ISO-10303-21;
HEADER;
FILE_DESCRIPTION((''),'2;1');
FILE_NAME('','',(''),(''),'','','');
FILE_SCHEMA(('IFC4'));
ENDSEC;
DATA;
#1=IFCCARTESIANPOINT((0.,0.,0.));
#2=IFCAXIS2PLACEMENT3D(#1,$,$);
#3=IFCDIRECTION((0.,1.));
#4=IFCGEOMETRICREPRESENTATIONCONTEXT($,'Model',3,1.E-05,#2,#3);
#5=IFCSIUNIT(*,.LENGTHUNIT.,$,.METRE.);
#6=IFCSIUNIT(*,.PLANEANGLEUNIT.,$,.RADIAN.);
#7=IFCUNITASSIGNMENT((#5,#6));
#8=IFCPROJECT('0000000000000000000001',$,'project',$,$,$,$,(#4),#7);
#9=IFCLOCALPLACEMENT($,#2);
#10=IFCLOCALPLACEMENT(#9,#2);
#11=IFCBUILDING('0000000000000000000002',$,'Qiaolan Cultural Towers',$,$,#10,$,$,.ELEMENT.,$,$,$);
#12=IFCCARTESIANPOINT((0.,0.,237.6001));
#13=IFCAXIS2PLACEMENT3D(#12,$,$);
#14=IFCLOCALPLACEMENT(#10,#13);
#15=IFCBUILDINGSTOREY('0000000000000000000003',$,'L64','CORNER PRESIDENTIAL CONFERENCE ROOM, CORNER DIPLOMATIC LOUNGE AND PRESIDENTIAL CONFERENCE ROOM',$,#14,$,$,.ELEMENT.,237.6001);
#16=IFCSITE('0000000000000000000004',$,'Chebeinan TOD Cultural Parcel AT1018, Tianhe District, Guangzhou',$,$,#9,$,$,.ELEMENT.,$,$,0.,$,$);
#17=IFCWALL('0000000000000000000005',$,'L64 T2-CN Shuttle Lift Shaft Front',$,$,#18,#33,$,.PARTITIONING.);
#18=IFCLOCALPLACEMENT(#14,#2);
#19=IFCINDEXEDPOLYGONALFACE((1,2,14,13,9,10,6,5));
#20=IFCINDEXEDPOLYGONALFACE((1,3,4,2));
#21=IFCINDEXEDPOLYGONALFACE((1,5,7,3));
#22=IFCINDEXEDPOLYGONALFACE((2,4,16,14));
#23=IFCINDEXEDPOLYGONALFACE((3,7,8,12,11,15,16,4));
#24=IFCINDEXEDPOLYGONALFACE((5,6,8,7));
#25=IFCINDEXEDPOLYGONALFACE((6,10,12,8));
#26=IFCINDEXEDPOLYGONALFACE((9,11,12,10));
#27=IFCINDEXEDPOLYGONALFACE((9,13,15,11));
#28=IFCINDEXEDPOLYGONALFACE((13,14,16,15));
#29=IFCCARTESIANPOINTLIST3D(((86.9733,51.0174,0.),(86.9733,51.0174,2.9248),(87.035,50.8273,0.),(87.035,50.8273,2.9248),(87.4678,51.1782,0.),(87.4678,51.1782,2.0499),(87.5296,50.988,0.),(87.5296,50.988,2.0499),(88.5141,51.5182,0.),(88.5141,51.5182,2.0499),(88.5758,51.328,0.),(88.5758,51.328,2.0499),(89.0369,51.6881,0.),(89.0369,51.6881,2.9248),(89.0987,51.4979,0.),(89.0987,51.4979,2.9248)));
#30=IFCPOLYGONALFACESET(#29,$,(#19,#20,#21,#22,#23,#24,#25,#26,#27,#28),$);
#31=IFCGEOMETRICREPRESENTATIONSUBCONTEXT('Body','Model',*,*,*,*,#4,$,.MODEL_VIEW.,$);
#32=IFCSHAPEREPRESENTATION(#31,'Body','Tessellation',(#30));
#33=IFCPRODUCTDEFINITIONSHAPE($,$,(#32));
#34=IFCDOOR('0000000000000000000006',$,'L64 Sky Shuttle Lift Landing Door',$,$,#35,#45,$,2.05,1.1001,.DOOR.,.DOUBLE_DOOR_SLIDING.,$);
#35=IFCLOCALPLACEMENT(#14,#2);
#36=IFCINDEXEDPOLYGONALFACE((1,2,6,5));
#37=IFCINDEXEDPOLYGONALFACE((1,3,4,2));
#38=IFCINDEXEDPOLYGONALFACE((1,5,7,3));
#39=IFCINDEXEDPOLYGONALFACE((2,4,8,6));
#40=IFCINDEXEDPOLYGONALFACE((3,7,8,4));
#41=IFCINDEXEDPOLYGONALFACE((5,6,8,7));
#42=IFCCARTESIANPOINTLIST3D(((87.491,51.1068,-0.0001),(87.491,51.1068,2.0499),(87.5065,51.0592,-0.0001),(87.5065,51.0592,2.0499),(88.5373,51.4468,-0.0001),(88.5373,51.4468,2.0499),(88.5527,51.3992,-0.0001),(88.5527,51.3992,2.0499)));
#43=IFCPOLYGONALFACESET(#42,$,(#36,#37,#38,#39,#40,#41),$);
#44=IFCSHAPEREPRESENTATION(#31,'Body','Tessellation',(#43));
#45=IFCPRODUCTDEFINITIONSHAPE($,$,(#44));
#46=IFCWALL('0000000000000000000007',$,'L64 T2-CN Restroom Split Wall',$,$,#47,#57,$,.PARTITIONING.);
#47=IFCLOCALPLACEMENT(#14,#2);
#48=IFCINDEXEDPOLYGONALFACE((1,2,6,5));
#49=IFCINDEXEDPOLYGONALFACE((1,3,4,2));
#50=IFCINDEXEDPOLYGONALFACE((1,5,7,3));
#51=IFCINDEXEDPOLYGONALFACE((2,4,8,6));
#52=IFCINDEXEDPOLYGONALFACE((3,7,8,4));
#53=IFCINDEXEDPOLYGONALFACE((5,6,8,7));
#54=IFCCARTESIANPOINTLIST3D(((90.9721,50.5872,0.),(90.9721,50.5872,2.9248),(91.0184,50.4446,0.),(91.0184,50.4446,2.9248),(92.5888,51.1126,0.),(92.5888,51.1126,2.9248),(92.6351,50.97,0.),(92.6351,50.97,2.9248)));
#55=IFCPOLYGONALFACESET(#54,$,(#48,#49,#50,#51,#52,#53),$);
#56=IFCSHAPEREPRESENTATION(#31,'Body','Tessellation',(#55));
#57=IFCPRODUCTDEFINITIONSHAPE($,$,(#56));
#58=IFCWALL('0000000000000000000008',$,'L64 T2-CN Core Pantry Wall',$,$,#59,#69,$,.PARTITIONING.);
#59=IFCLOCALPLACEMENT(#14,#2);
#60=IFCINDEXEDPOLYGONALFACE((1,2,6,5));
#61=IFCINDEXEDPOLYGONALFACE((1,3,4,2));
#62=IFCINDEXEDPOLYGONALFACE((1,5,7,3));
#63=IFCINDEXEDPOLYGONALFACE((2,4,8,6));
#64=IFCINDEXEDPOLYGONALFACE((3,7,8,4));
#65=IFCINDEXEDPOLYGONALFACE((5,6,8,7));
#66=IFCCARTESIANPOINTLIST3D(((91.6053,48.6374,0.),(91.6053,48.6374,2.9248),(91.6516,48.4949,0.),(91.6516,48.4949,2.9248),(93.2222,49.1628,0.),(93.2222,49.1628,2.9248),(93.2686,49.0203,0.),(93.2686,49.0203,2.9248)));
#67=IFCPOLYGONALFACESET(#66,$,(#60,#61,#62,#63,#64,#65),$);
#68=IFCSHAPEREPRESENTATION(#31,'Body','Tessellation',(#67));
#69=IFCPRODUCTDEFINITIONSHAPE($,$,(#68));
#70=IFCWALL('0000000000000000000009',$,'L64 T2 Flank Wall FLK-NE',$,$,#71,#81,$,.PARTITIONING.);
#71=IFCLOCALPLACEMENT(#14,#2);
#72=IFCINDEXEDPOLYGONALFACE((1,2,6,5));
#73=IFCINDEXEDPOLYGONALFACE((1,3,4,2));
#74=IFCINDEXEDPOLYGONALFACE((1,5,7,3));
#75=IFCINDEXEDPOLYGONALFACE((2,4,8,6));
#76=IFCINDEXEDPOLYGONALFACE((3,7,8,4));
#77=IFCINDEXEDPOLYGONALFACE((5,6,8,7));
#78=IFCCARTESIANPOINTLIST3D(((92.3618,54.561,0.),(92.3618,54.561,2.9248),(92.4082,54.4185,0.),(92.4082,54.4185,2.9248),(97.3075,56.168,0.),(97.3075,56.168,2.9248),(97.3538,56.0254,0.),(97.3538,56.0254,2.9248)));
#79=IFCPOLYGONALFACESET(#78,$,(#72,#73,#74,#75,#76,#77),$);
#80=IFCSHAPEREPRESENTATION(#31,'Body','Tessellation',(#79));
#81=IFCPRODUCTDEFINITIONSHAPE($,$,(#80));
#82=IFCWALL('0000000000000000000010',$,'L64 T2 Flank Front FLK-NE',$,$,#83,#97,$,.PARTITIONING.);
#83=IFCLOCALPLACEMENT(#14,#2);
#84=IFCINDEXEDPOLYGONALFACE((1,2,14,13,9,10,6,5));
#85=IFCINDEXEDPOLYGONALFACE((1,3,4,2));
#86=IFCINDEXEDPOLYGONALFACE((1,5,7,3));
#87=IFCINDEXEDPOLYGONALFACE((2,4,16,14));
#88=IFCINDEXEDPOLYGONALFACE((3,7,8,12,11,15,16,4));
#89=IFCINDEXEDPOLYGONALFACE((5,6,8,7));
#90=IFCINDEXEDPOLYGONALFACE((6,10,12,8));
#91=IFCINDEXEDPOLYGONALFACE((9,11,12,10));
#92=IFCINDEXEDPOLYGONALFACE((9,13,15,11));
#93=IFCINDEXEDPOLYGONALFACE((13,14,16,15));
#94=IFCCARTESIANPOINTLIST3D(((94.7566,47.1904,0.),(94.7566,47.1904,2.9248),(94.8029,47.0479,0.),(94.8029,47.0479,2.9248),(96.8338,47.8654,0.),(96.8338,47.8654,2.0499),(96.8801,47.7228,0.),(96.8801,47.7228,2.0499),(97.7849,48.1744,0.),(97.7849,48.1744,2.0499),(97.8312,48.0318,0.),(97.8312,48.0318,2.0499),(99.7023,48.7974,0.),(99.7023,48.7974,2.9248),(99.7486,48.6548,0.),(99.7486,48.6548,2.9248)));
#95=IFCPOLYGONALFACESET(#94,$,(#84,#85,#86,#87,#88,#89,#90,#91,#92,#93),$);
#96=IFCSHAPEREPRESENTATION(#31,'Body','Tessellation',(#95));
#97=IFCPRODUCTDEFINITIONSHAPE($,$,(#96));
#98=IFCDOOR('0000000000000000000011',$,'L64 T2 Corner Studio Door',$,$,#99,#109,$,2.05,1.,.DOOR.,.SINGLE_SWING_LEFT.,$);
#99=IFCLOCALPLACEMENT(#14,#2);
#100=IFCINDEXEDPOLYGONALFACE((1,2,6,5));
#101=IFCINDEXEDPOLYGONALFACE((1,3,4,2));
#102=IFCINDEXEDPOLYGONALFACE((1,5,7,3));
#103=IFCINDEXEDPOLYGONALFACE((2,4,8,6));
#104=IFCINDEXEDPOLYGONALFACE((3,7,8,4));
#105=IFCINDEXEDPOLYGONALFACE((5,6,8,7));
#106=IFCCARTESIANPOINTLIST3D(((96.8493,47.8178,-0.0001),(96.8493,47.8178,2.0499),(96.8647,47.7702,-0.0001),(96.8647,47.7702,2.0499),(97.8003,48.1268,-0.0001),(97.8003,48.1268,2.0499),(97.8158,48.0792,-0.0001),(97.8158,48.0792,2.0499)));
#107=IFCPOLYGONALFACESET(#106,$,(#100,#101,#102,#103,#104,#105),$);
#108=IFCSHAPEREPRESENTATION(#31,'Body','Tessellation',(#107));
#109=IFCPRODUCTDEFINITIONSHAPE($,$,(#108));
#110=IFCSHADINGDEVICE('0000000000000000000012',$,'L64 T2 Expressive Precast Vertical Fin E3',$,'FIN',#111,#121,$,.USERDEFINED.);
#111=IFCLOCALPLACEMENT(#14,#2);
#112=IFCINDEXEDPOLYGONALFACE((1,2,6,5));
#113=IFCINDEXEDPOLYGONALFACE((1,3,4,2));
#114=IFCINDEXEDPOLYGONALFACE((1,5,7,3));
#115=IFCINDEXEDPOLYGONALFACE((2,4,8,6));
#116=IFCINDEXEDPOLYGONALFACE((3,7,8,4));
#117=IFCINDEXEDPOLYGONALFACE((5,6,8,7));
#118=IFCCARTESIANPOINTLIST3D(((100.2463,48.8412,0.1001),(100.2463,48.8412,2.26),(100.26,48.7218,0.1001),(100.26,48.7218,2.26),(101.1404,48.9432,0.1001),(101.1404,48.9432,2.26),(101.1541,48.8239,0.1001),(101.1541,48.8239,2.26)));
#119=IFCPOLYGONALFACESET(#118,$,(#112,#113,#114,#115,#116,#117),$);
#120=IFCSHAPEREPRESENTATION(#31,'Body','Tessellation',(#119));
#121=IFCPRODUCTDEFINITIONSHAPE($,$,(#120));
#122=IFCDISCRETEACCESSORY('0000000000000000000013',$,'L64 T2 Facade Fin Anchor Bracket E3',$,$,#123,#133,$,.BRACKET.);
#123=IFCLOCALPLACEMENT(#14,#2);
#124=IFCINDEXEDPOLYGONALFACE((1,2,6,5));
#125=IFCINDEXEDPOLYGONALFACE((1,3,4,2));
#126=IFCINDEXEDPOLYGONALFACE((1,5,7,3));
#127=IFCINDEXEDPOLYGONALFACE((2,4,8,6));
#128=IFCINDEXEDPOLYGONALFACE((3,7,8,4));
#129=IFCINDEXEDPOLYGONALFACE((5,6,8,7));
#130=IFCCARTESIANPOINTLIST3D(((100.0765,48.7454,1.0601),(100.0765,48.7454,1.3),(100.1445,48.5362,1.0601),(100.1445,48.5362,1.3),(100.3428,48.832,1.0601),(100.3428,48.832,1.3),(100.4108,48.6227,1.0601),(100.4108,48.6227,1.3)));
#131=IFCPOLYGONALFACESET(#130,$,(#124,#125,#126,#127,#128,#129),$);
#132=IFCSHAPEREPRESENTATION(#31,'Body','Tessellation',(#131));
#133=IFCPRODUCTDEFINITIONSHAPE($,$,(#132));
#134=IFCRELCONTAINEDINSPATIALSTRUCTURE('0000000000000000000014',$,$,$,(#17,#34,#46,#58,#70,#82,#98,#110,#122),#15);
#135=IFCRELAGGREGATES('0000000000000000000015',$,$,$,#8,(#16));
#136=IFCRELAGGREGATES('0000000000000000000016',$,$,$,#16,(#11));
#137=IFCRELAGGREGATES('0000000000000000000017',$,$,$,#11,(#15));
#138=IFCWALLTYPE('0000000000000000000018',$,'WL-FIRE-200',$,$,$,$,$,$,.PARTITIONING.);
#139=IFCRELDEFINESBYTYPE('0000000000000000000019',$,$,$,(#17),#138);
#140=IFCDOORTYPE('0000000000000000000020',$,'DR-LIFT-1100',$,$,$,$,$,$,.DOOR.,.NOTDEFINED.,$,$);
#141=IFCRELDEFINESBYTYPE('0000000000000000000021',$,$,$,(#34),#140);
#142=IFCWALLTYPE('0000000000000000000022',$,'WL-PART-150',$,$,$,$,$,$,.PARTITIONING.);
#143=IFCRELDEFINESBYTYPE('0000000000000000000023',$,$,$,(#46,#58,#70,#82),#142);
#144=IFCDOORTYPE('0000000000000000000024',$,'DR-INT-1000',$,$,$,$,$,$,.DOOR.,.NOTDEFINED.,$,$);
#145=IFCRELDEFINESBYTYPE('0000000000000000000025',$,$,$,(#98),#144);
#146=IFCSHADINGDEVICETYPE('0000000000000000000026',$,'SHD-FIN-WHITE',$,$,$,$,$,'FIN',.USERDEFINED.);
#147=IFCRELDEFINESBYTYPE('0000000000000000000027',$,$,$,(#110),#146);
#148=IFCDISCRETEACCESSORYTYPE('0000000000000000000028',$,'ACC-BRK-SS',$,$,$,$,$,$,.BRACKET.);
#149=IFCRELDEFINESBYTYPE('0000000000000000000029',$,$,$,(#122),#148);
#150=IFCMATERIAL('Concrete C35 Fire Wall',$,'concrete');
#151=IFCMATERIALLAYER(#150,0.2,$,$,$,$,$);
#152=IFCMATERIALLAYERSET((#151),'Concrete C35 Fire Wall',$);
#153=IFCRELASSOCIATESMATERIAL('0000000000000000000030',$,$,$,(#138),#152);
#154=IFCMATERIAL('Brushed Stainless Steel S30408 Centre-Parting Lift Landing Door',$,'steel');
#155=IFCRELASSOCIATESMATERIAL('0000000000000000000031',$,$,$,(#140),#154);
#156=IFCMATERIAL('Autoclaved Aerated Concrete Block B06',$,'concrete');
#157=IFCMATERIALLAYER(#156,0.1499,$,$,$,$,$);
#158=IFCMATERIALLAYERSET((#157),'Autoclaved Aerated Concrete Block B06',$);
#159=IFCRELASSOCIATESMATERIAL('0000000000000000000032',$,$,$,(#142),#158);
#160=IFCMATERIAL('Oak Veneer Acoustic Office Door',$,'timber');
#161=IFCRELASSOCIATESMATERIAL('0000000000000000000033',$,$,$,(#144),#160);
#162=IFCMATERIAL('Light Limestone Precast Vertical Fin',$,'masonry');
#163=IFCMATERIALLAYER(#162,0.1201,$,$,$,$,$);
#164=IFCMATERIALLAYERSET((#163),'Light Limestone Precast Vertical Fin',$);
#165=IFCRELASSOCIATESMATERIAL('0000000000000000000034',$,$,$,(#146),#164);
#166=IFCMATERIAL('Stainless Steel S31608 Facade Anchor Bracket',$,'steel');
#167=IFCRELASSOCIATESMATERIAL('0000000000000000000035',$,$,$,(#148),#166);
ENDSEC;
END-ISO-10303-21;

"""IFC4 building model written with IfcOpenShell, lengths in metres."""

from ifc_helpers import new_model, si_unit, direction, frame, frame_2d, origin, origin_2d, place, context, subcontext, project, spatial, rectangle, extrude, material, layer, layer_set, type_object, element, fill, save


model = new_model("IFC4")

# Units and contexts
model_context = context("Model", 3, precision=1e-05, world=origin(), true_north=direction((0.0, 1.0)))
body_context = subcontext(model_context, "Body", "Model", "MODEL_VIEW")
ifc_project = project(units=[si_unit("LENGTHUNIT", "METRE"), si_unit("PLANEANGLEUNIT", "RADIAN")], contexts=[model_context])

# Site, building, storey
site_placement = place(None, origin())
site = spatial("IfcSite", under=ifc_project, at=site_placement, Name="Chebeinan TOD Cultural Parcel AT1018, Tianhe District, Guangzhou", CompositionType="ELEMENT", RefElevation=0.0)
building_placement = place(site_placement, origin())
building = spatial("IfcBuilding", under=site, at=building_placement, Name="Qiaolan Cultural Towers", CompositionType="ELEMENT")
storey_placement = place(building_placement, frame((0.0, 0.0, 237.6001)))
storey = spatial("IfcBuildingStorey", under=building, at=storey_placement, Name="L64", Description="CORNER PRESIDENTIAL CONFERENCE ROOM, CORNER DIPLOMATIC LOUNGE AND PRESIDENTIAL CONFERENCE ROOM", CompositionType="ELEMENT", Elevation=237.6001)

# Wall, opening, door
ifc_material_1 = material(Name="Concrete C35 Fire Wall", Category="concrete")
ifc_layer_1 = layer(ifc_material_1, 0.2)
ifc_layer_set_1 = layer_set([ifc_layer_1], Name="Concrete C35 Fire Wall")
wall_type_1 = type_object("IfcWallType", Name="WL-FIRE-200", PredefinedType="PARTITIONING", material=ifc_layer_set_1)
wall_1_placement = place(storey_placement, frame((87.0042, 50.9224, 0.0), z_axis=(0.0, 0.0, 1.0), x_axis=(0.951042, 0.309063, 0.0)))
wall_1 = element("IfcWall", 1, at=wall_1_placement, inside=storey, type_object=wall_type_1, Name="L64 T2-CN Shuttle Lift Shaft Front", PredefinedType="PARTITIONING", context=body_context, shape_type="SweptSolid", body=[
    extrude(rectangle(XDim=2.1699, YDim=0.2, at=frame_2d((1.085, 0.0))), origin(), (0.0, 0.0, 1.0), 2.9248),
])
opening_1_placement = place(wall_1_placement, frame((0.52, 0.0, 0.0)))
opening_1 = element("IfcOpeningElement", 2, at=opening_1_placement, cuts=wall_1, PredefinedType="OPENING", context=body_context, shape_type="SweptSolid", body=[
    extrude(rectangle(XDim=1.1001, YDim=2.05, at=frame_2d((0.55, 1.0249))), frame((0.0, 0.1099, 0.0), z_axis=(0.0, -1.0, 0.0), x_axis=(1.0, 0.0, 0.0)), (0.0, 0.0, 1.0), 0.22),
])
ifc_material_2 = material(Name="Brushed Stainless Steel S30408 Centre-Parting Lift Landing Door", Category="steel")
door_type_1 = type_object("IfcDoorType", Name="DR-LIFT-1100", OperationType="NOTDEFINED", PredefinedType="DOOR", material=ifc_material_2)
door_1_placement = place(opening_1_placement, origin())
door_1 = element("IfcDoor", 3, at=door_1_placement, inside=storey, type_object=door_type_1, Name="L64 Sky Shuttle Lift Landing Door", OperationType="DOUBLE_DOOR_SLIDING", OverallHeight=2.05, OverallWidth=1.1001, PredefinedType="DOOR", context=body_context, shape_type="SweptSolid", body=[
    extrude(rectangle(XDim=1.1001, YDim=2.05, at=frame_2d((0.55, 1.0249))), frame((0.0, 0.0249, 0.0), z_axis=(0.0, -1.0, 0.0), x_axis=(1.0, 0.0, 0.0)), (0.0, 0.0, 1.0), 0.05),
])
fill(opening_1, door_1)

# Walls
ifc_material_3 = material(Name="Autoclaved Aerated Concrete Block B06", Category="concrete")
ifc_layer_2 = layer(ifc_material_3, 0.1499)
ifc_layer_set_2 = layer_set([ifc_layer_2], Name="Autoclaved Aerated Concrete Block B06")
wall_type_2 = type_object("IfcWallType", Name="WL-PART-150", PredefinedType="PARTITIONING", material=ifc_layer_set_2)
wall_2_placement = place(storey_placement, frame((90.9951, 50.5159, 0.0), z_axis=(0.0, 0.0, 1.0), x_axis=(0.95104, 0.309067, 0.0)))
element("IfcWall", 4, at=wall_2_placement, inside=storey, type_object=wall_type_2, Name="L64 T2-CN Restroom Split Wall", PredefinedType="PARTITIONING", context=body_context, shape_type="SweptSolid", body=[
    extrude(rectangle(XDim=1.7, YDim=0.1499, at=frame_2d((0.8501, 0.0))), origin(), (0.0, 0.0, 1.0), 2.9248),
])
wall_3_placement = place(storey_placement, frame((91.6284, 48.5662, 0.0), z_axis=(0.0, 0.0, 1.0), x_axis=(0.951054, 0.309024, 0.0)))
element("IfcWall", 5, at=wall_3_placement, inside=storey, type_object=wall_type_2, Name="L64 T2-CN Core Pantry Wall", PredefinedType="PARTITIONING", context=body_context, shape_type="SweptSolid", body=[
    extrude(rectangle(XDim=1.7002, YDim=0.1499, at=frame_2d((0.8501, 0.0))), origin(), (0.0, 0.0, 1.0), 2.9248),
])
wall_4_placement = place(storey_placement, frame((92.385, 54.4897, 0.0), z_axis=(0.0, 0.0, 1.0), x_axis=(0.951055, 0.309021, 0.0)))
element("IfcWall", 6, at=wall_4_placement, inside=storey, type_object=wall_type_2, Name="L64 T2 Flank Wall FLK-NE", PredefinedType="PARTITIONING", context=body_context, shape_type="SweptSolid", body=[
    extrude(rectangle(XDim=5.2002, YDim=0.1499, at=frame_2d((2.6001, 0.0))), origin(), (0.0, 0.0, 1.0), 2.9248),
])

# Wall, opening, door
wall_5_placement = place(storey_placement, frame((94.7798, 47.1191, 0.0), z_axis=(0.0, 0.0, 1.0), x_axis=(0.951055, 0.309021, 0.0)))
wall_5 = element("IfcWall", 7, at=wall_5_placement, inside=storey, type_object=wall_type_2, Name="L64 T2 Flank Front FLK-NE", PredefinedType="PARTITIONING", context=body_context, shape_type="SweptSolid", body=[
    extrude(rectangle(XDim=5.2002, YDim=0.1499, at=frame_2d((2.6001, 0.0))), origin(), (0.0, 0.0, 1.0), 2.9248),
])
opening_2_placement = place(wall_5_placement, frame((2.1841, 0.0, 0.0)))
opening_2 = element("IfcOpeningElement", 8, at=opening_2_placement, cuts=wall_5, PredefinedType="OPENING", context=body_context, shape_type="SweptSolid", body=[
    extrude(rectangle(XDim=1.0, YDim=2.05, at=frame_2d((0.5, 1.0249))), frame((0.0, 0.085, 0.0), z_axis=(0.0, -1.0, 0.0), x_axis=(1.0, 0.0, 0.0)), (0.0, 0.0, 1.0), 0.1699),
])
ifc_material_4 = material(Name="Oak Veneer Acoustic Office Door", Category="timber")
door_type_2 = type_object("IfcDoorType", Name="DR-INT-1000", OperationType="NOTDEFINED", PredefinedType="DOOR", material=ifc_material_4)
door_2_placement = place(opening_2_placement, origin())
door_2 = element("IfcDoor", 9, at=door_2_placement, inside=storey, type_object=door_type_2, Name="L64 T2 Corner Studio Door", OperationType="SINGLE_SWING_LEFT", OverallHeight=2.05, OverallWidth=1.0, PredefinedType="DOOR", context=body_context, shape_type="SweptSolid", body=[
    extrude(rectangle(XDim=1.0, YDim=2.05, at=frame_2d((0.5, 1.0249))), frame((0.0, 0.0249, 0.0), z_axis=(0.0, -1.0, 0.0), x_axis=(1.0, 0.0, 0.0)), (0.0, 0.0, 1.0), 0.05),
])
fill(opening_2, door_2)

# Shading device
ifc_material_5 = material(Name="Light Limestone Precast Vertical Fin", Category="masonry")
ifc_layer_3 = layer(ifc_material_5, 0.1201)
ifc_layer_set_3 = layer_set([ifc_layer_3], Name="Light Limestone Precast Vertical Fin")
shading_device_type = type_object("IfcShadingDeviceType", Name="SHD-FIN-WHITE", ElementType="FIN", PredefinedType="USERDEFINED", material=ifc_layer_set_3)
shading_device_placement = place(storey_placement, frame((100.7002, 48.8325, 0.1001), z_axis=(0.0, 0.0, 1.0), x_axis=(0.993553, 0.113365, 0.0)))
element("IfcShadingDevice", 10, at=shading_device_placement, inside=storey, type_object=shading_device_type, Name="L64 T2 Expressive Precast Vertical Fin E3", ObjectType="FIN", PredefinedType="USERDEFINED", context=body_context, shape_type="SweptSolid", body=[
    extrude(rectangle(XDim=0.8999, YDim=0.1201, at=origin_2d()), origin(), (0.0, 0.0, 1.0), 2.1599),
])

# Discrete accessory
ifc_material_6 = material(Name="Stainless Steel S31608 Facade Anchor Bracket", Category="steel")
discrete_accessory_type = type_object("IfcDiscreteAccessoryType", Name="ACC-BRK-SS", PredefinedType="BRACKET", material=ifc_material_6)
discrete_accessory_placement = place(storey_placement, frame((100.2437, 48.6841, 1.0601), z_axis=(0.0, 0.0, 1.0), x_axis=(0.951057, 0.309017, 0.0)))
element("IfcDiscreteAccessory", 11, at=discrete_accessory_placement, inside=storey, type_object=discrete_accessory_type, Name="L64 T2 Facade Fin Anchor Bracket E3", PredefinedType="BRACKET", context=body_context, shape_type="SweptSolid", body=[
    extrude(rectangle(XDim=0.28, YDim=0.22, at=origin_2d()), origin(), (0.0, 0.0, 1.0), 0.24),
])

save(model, "model.ifc")
